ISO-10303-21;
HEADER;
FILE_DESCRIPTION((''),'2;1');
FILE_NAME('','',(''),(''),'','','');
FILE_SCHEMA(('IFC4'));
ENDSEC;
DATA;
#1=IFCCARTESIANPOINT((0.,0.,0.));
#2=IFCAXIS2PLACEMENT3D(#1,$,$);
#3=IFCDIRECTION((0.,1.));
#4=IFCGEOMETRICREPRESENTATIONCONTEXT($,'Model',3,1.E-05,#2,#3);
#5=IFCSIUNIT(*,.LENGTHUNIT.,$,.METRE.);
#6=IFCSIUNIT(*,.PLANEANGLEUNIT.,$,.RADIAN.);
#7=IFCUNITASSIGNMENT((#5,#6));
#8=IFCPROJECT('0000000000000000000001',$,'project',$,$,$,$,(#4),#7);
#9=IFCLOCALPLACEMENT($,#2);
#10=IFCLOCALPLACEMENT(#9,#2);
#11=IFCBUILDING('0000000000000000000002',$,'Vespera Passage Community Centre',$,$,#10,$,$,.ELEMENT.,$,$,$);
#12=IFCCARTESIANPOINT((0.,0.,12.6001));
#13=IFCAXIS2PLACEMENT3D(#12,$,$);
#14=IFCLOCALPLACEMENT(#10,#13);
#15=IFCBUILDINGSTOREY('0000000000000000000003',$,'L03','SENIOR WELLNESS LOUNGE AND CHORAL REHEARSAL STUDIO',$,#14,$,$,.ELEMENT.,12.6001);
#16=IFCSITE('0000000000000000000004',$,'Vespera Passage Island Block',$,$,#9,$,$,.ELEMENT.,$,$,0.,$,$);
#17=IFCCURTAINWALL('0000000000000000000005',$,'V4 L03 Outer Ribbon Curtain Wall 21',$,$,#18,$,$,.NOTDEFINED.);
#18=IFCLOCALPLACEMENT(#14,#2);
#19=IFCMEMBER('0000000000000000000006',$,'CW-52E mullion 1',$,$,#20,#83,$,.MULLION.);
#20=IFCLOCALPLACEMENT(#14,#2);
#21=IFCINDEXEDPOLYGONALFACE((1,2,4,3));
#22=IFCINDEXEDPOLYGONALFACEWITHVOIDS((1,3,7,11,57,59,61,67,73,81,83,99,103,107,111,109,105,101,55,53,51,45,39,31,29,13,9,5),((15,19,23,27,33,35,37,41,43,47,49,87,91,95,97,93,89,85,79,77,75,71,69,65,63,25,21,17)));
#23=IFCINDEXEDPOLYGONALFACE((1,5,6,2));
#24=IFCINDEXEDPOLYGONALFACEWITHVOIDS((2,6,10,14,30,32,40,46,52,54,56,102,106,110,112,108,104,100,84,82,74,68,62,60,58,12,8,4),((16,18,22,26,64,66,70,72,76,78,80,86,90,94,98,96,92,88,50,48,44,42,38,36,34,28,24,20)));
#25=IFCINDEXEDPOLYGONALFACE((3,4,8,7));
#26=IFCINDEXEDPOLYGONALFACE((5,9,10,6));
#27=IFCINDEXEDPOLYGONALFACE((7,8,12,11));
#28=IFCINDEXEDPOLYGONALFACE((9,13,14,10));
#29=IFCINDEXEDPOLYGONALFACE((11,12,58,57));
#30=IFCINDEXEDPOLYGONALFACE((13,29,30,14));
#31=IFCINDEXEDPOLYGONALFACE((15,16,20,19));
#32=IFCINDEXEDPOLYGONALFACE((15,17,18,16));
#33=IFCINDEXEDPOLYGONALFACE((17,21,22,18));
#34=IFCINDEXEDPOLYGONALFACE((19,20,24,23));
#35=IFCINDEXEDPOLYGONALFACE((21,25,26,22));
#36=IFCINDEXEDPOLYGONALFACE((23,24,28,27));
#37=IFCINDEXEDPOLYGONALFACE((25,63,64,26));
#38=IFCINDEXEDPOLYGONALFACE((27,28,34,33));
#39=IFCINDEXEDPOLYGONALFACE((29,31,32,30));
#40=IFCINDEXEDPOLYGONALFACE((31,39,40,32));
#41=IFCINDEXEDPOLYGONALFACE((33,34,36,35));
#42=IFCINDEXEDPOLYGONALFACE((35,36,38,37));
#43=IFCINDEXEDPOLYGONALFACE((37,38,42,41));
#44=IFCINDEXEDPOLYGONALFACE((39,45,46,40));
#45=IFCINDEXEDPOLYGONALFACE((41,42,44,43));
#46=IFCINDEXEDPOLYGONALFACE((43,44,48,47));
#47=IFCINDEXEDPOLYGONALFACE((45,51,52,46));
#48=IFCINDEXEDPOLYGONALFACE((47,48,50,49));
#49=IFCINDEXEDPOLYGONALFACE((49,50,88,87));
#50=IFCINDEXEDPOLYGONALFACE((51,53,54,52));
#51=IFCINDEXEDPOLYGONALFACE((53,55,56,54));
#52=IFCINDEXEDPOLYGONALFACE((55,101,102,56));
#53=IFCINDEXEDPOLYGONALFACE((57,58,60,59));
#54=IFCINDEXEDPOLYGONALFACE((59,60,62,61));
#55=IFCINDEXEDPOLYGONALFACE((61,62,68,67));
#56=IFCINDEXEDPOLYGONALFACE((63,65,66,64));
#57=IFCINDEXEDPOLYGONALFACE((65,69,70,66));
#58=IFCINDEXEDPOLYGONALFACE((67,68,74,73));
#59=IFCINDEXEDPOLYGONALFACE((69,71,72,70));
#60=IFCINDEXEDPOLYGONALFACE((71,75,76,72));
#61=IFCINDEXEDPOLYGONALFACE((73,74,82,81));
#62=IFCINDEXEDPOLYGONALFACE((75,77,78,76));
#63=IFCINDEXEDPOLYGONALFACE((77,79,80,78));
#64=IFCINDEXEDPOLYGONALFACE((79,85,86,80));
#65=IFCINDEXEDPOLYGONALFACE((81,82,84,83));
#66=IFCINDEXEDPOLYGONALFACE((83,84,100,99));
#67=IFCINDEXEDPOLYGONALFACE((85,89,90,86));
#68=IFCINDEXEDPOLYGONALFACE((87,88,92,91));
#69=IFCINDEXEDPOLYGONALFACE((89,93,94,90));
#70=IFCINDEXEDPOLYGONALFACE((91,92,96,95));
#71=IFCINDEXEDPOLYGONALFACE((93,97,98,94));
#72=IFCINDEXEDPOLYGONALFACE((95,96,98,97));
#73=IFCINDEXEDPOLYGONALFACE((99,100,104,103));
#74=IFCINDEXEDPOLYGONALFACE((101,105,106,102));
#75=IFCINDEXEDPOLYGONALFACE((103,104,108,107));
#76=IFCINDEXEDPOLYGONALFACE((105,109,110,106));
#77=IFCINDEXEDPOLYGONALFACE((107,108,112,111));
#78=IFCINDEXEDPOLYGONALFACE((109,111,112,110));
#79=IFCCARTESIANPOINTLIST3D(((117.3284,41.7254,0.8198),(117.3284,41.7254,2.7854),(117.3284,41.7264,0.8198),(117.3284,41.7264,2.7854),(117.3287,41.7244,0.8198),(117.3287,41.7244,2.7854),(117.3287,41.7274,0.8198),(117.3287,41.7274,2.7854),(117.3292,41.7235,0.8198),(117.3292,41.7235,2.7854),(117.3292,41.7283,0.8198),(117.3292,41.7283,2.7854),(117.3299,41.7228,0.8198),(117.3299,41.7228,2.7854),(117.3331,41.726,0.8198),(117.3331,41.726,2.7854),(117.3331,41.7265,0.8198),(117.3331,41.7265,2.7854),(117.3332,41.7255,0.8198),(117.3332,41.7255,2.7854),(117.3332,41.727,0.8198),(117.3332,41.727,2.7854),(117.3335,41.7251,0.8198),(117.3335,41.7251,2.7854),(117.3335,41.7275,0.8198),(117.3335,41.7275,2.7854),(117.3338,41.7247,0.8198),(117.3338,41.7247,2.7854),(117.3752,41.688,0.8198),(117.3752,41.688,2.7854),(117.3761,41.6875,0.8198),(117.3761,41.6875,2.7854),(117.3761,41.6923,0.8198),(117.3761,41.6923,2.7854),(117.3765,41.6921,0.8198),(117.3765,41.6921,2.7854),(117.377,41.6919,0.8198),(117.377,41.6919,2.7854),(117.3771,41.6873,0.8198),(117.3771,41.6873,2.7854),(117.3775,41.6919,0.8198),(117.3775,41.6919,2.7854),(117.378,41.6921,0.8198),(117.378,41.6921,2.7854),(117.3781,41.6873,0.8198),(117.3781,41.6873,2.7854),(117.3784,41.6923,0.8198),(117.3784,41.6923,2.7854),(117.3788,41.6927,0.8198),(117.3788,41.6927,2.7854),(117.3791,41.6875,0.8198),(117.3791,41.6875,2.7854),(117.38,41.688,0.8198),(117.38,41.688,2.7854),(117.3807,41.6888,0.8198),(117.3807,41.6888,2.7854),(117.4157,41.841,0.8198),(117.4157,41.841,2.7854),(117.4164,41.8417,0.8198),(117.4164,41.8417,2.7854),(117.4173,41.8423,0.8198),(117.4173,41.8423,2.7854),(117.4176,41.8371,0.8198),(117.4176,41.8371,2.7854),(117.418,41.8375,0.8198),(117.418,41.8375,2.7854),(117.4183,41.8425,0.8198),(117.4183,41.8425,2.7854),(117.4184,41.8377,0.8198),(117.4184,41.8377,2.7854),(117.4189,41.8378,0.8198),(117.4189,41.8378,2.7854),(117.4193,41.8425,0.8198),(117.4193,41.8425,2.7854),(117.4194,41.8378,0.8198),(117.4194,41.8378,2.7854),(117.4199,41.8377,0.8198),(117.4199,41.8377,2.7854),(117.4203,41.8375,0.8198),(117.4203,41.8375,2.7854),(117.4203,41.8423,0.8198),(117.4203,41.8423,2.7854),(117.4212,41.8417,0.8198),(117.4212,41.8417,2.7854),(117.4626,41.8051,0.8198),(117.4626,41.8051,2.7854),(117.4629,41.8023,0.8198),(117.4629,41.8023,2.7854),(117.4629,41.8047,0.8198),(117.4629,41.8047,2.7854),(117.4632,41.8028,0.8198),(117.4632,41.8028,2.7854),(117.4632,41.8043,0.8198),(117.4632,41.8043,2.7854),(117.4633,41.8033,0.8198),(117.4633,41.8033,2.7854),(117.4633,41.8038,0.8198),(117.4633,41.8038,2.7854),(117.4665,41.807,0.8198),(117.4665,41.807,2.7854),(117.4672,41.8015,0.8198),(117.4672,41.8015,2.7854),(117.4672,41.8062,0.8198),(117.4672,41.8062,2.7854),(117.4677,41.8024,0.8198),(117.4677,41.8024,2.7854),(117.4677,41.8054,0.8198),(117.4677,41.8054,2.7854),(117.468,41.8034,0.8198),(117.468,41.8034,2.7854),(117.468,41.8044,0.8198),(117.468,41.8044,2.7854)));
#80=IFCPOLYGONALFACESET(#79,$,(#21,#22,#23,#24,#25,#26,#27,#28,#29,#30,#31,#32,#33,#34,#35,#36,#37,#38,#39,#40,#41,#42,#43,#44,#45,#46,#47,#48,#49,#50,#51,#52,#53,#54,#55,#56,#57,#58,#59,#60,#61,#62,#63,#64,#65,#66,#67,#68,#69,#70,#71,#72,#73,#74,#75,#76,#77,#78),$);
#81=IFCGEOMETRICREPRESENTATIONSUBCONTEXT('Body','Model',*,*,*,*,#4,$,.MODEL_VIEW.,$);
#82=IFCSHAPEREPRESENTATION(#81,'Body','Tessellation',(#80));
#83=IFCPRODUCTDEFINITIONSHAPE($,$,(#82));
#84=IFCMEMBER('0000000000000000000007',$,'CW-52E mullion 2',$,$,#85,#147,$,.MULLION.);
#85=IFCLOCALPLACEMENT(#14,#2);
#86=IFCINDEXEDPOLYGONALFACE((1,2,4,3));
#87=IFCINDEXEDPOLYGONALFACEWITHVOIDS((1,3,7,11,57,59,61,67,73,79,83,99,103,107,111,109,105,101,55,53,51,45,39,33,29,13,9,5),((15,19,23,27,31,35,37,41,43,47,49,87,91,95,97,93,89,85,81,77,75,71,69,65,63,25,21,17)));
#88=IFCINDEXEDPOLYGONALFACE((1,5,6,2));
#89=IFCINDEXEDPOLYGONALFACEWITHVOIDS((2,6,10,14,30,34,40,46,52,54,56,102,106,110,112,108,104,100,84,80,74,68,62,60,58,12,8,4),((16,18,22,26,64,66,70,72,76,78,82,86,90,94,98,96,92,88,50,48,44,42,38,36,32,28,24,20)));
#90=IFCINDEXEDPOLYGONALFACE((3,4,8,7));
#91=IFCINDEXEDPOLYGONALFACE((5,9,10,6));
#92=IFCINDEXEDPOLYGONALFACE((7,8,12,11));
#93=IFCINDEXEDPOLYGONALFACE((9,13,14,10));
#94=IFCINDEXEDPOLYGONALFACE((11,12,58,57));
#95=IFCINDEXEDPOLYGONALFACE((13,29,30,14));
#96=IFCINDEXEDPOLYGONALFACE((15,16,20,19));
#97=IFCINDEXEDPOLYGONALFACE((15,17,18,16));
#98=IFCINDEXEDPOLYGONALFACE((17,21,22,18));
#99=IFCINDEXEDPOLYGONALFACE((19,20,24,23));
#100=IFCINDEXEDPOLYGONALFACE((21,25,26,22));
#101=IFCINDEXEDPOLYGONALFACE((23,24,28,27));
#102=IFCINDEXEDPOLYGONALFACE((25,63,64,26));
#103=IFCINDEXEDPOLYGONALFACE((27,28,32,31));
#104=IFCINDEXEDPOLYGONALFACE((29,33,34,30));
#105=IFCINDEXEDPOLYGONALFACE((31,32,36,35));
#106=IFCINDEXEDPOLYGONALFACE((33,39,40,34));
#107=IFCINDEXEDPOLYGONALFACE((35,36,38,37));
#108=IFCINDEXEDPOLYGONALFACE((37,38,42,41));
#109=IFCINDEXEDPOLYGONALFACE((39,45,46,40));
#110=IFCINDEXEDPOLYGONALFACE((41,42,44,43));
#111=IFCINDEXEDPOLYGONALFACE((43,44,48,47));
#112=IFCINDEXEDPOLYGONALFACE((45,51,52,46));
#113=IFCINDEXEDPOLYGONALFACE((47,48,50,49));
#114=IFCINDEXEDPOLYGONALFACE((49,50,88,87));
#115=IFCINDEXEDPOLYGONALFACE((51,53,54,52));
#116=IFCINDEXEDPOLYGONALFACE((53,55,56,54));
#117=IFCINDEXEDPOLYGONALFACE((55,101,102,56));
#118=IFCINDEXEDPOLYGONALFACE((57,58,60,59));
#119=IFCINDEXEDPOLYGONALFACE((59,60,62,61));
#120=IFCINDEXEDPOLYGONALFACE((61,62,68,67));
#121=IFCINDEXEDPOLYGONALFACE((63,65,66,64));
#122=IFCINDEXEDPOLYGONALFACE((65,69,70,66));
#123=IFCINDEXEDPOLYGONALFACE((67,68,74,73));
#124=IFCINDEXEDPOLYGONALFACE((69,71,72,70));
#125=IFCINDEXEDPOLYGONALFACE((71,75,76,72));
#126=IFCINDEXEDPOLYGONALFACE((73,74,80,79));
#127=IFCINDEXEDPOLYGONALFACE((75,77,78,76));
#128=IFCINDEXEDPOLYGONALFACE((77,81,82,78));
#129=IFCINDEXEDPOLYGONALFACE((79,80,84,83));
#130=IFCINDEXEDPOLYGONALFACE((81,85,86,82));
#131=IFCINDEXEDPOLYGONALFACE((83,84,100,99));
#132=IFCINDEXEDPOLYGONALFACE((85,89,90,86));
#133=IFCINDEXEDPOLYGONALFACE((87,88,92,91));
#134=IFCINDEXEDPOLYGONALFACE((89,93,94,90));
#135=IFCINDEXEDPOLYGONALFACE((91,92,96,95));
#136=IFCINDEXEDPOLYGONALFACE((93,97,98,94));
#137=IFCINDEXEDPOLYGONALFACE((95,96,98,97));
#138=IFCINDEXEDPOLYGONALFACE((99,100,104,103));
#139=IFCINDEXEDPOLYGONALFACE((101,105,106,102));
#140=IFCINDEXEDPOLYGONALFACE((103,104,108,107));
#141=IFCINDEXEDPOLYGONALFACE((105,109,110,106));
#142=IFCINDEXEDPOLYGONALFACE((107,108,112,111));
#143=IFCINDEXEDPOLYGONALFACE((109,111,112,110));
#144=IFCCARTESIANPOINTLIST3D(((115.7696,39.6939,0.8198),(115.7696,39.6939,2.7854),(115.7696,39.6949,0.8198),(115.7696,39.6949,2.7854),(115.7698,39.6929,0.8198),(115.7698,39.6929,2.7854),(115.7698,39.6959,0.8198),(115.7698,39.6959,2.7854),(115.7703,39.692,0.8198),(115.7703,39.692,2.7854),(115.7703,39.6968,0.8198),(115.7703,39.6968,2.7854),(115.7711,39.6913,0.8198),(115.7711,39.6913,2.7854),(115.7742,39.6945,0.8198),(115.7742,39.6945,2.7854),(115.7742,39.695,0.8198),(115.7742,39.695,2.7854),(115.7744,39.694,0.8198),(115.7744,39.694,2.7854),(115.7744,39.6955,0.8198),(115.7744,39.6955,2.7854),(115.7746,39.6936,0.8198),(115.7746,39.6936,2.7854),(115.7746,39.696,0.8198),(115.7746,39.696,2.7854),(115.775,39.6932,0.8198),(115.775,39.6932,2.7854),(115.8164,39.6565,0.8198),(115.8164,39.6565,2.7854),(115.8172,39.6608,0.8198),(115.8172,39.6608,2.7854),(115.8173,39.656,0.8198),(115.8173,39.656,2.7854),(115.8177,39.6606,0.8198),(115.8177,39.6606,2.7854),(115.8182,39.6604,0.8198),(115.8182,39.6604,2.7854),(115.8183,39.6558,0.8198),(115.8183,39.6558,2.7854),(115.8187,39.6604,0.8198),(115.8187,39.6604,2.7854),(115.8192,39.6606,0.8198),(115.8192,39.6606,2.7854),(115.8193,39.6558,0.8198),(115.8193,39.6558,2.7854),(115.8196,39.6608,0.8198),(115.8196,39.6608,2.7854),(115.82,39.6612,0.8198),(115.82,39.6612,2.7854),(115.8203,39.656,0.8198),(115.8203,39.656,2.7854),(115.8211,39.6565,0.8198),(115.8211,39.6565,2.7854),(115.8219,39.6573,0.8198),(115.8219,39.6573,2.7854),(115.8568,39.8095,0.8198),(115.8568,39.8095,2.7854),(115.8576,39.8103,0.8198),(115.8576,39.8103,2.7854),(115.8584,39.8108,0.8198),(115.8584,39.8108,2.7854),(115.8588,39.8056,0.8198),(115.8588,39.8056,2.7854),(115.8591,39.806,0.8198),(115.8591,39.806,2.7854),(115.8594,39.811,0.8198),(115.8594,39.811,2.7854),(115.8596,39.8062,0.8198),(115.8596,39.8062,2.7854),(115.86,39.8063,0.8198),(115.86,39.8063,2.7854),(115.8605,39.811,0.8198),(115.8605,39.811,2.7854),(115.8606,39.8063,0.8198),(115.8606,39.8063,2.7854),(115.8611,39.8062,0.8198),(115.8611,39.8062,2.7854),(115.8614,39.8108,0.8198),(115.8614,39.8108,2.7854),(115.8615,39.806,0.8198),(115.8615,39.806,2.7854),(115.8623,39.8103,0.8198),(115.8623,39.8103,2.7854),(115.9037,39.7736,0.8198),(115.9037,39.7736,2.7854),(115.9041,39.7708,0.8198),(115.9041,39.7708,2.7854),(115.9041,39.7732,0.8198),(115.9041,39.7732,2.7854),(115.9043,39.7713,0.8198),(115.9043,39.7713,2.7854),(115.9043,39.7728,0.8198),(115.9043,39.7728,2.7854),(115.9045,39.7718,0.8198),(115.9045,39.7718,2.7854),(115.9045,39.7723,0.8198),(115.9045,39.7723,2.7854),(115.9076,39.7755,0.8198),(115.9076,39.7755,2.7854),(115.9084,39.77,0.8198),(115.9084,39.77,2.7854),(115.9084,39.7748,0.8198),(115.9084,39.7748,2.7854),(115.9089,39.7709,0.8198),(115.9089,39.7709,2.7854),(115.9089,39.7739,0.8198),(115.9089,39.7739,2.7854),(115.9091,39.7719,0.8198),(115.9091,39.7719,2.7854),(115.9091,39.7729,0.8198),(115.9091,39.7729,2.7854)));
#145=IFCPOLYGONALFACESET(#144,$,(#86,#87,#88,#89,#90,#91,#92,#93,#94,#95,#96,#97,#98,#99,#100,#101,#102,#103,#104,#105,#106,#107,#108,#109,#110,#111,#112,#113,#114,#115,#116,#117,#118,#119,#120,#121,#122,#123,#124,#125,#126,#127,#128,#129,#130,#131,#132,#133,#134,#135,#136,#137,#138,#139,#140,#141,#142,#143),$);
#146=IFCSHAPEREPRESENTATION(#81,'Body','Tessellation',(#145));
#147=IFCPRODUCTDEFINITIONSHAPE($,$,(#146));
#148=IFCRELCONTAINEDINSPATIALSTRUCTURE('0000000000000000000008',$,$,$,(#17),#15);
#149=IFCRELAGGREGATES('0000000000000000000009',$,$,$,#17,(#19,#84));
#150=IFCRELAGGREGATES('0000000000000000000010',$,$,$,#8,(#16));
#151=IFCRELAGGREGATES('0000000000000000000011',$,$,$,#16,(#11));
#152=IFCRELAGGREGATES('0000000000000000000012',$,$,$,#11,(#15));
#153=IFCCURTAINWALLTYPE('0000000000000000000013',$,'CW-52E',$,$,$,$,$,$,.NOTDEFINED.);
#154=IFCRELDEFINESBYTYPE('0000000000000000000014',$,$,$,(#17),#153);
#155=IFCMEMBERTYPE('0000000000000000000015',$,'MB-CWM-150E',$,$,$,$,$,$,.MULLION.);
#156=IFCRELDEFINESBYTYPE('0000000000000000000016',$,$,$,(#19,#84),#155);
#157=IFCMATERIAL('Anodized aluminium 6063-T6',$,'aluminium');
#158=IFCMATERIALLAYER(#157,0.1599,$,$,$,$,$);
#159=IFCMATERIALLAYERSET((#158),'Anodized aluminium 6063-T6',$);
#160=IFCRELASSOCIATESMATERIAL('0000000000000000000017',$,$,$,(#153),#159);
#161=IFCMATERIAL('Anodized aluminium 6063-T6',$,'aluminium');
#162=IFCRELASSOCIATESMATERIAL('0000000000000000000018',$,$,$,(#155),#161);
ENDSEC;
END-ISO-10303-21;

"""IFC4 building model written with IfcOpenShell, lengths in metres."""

from ifc_helpers import new_model, si_unit, direction, frame, origin, origin_2d, place, context, subcontext, project, spatial, hollow_rectangle, extrude, material, layer, layer_set, material_profile, profile_set, type_object, element, aggregate, save


model = new_model("IFC4")

# Units and contexts
model_context = context("Model", 3, precision=1e-05, world=origin(), true_north=direction((0.0, 1.0)))
body_context = subcontext(model_context, "Body", "Model", "MODEL_VIEW")
ifc_project = project(units=[si_unit("LENGTHUNIT", "METRE"), si_unit("PLANEANGLEUNIT", "RADIAN")], contexts=[model_context])

# Site, building, storey
site_placement = place(None, origin())
site = spatial("IfcSite", under=ifc_project, at=site_placement, Name="Vespera Passage Island Block", CompositionType="ELEMENT", RefElevation=0.0)
building_placement = place(site_placement, origin())
building = spatial("IfcBuilding", under=site, at=building_placement, Name="Vespera Passage Community Centre", CompositionType="ELEMENT")
storey_placement = place(building_placement, frame((0.0, 0.0, 12.6001)))
storey = spatial("IfcBuildingStorey", under=building, at=storey_placement, Name="L03", Description="SENIOR WELLNESS LOUNGE AND CHORAL REHEARSAL STUDIO", CompositionType="ELEMENT", Elevation=12.6001)

# Curtain wall, members
ifc_material_1 = material(Name="Anodized aluminium 6063-T6", Category="aluminium")
ifc_layer_1 = layer(ifc_material_1, 0.1599)
ifc_layer_set_1 = layer_set([ifc_layer_1], Name="Anodized aluminium 6063-T6")
curtain_wall_type = type_object("IfcCurtainWallType", Name="CW-52E", PredefinedType="NOTDEFINED", material=ifc_layer_set_1)
curtain_wall_placement = place(storey_placement, origin())
curtain_wall = element("IfcCurtainWall", 1, at=curtain_wall_placement, inside=storey, type_object=curtain_wall_type, Name="V4 L03 Outer Ribbon Curtain Wall 21", PredefinedType="NOTDEFINED")
ifc_material_2 = material(Name="Anodized aluminium 6063-T6", Category="aluminium")
ifc_material_profile_1 = material_profile(ifc_material_2, hollow_rectangle(XDim=0.0649, YDim=0.1499, WallThickness=0.0039, InnerFilletRadius=0.002, OuterFilletRadius=0.0039, at=origin_2d()), Name="ALU150X65X4")
ifc_profile_set_1 = profile_set([ifc_material_profile_1], Name="Anodized aluminium 6063-T6")
member_type_1 = type_object("IfcMemberType", Name="MB-CWM-150E", PredefinedType="MULLION", material=ifc_profile_set_1)
member_1_placement = place(storey_placement, frame((117.3982, 41.7649, 0.8198), z_axis=(0.0, 0.0, 1.0), x_axis=(0.79335, -0.608765, 0.0)))
member_1 = element("IfcMember", 2, at=member_1_placement, type_object=member_type_1, Name="CW-52E mullion 1", PredefinedType="MULLION", context=body_context, shape_type="SweptSolid", body=[
    extrude(hollow_rectangle(XDim=0.0649, YDim=0.1499, WallThickness=0.0039, InnerFilletRadius=0.002, OuterFilletRadius=0.0039, at=origin_2d()), origin(), (0.0, 0.0, 1.0), 1.9656),
])
member_2_placement = place(storey_placement, frame((115.8394, 39.7334, 0.8198), z_axis=(0.0, 0.0, 1.0), x_axis=(0.79335, -0.608765, 0.0)))
member_2 = element("IfcMember", 3, at=member_2_placement, type_object=member_type_1, Name="CW-52E mullion 2", PredefinedType="MULLION", context=body_context, shape_type="SweptSolid", body=[
    extrude(hollow_rectangle(XDim=0.0649, YDim=0.1499, WallThickness=0.0039, InnerFilletRadius=0.002, OuterFilletRadius=0.0039, at=origin_2d()), origin(), (0.0, 0.0, 1.0), 1.9656),
])
aggregate(curtain_wall, [member_1, member_2])

save(model, "model.ifc")
